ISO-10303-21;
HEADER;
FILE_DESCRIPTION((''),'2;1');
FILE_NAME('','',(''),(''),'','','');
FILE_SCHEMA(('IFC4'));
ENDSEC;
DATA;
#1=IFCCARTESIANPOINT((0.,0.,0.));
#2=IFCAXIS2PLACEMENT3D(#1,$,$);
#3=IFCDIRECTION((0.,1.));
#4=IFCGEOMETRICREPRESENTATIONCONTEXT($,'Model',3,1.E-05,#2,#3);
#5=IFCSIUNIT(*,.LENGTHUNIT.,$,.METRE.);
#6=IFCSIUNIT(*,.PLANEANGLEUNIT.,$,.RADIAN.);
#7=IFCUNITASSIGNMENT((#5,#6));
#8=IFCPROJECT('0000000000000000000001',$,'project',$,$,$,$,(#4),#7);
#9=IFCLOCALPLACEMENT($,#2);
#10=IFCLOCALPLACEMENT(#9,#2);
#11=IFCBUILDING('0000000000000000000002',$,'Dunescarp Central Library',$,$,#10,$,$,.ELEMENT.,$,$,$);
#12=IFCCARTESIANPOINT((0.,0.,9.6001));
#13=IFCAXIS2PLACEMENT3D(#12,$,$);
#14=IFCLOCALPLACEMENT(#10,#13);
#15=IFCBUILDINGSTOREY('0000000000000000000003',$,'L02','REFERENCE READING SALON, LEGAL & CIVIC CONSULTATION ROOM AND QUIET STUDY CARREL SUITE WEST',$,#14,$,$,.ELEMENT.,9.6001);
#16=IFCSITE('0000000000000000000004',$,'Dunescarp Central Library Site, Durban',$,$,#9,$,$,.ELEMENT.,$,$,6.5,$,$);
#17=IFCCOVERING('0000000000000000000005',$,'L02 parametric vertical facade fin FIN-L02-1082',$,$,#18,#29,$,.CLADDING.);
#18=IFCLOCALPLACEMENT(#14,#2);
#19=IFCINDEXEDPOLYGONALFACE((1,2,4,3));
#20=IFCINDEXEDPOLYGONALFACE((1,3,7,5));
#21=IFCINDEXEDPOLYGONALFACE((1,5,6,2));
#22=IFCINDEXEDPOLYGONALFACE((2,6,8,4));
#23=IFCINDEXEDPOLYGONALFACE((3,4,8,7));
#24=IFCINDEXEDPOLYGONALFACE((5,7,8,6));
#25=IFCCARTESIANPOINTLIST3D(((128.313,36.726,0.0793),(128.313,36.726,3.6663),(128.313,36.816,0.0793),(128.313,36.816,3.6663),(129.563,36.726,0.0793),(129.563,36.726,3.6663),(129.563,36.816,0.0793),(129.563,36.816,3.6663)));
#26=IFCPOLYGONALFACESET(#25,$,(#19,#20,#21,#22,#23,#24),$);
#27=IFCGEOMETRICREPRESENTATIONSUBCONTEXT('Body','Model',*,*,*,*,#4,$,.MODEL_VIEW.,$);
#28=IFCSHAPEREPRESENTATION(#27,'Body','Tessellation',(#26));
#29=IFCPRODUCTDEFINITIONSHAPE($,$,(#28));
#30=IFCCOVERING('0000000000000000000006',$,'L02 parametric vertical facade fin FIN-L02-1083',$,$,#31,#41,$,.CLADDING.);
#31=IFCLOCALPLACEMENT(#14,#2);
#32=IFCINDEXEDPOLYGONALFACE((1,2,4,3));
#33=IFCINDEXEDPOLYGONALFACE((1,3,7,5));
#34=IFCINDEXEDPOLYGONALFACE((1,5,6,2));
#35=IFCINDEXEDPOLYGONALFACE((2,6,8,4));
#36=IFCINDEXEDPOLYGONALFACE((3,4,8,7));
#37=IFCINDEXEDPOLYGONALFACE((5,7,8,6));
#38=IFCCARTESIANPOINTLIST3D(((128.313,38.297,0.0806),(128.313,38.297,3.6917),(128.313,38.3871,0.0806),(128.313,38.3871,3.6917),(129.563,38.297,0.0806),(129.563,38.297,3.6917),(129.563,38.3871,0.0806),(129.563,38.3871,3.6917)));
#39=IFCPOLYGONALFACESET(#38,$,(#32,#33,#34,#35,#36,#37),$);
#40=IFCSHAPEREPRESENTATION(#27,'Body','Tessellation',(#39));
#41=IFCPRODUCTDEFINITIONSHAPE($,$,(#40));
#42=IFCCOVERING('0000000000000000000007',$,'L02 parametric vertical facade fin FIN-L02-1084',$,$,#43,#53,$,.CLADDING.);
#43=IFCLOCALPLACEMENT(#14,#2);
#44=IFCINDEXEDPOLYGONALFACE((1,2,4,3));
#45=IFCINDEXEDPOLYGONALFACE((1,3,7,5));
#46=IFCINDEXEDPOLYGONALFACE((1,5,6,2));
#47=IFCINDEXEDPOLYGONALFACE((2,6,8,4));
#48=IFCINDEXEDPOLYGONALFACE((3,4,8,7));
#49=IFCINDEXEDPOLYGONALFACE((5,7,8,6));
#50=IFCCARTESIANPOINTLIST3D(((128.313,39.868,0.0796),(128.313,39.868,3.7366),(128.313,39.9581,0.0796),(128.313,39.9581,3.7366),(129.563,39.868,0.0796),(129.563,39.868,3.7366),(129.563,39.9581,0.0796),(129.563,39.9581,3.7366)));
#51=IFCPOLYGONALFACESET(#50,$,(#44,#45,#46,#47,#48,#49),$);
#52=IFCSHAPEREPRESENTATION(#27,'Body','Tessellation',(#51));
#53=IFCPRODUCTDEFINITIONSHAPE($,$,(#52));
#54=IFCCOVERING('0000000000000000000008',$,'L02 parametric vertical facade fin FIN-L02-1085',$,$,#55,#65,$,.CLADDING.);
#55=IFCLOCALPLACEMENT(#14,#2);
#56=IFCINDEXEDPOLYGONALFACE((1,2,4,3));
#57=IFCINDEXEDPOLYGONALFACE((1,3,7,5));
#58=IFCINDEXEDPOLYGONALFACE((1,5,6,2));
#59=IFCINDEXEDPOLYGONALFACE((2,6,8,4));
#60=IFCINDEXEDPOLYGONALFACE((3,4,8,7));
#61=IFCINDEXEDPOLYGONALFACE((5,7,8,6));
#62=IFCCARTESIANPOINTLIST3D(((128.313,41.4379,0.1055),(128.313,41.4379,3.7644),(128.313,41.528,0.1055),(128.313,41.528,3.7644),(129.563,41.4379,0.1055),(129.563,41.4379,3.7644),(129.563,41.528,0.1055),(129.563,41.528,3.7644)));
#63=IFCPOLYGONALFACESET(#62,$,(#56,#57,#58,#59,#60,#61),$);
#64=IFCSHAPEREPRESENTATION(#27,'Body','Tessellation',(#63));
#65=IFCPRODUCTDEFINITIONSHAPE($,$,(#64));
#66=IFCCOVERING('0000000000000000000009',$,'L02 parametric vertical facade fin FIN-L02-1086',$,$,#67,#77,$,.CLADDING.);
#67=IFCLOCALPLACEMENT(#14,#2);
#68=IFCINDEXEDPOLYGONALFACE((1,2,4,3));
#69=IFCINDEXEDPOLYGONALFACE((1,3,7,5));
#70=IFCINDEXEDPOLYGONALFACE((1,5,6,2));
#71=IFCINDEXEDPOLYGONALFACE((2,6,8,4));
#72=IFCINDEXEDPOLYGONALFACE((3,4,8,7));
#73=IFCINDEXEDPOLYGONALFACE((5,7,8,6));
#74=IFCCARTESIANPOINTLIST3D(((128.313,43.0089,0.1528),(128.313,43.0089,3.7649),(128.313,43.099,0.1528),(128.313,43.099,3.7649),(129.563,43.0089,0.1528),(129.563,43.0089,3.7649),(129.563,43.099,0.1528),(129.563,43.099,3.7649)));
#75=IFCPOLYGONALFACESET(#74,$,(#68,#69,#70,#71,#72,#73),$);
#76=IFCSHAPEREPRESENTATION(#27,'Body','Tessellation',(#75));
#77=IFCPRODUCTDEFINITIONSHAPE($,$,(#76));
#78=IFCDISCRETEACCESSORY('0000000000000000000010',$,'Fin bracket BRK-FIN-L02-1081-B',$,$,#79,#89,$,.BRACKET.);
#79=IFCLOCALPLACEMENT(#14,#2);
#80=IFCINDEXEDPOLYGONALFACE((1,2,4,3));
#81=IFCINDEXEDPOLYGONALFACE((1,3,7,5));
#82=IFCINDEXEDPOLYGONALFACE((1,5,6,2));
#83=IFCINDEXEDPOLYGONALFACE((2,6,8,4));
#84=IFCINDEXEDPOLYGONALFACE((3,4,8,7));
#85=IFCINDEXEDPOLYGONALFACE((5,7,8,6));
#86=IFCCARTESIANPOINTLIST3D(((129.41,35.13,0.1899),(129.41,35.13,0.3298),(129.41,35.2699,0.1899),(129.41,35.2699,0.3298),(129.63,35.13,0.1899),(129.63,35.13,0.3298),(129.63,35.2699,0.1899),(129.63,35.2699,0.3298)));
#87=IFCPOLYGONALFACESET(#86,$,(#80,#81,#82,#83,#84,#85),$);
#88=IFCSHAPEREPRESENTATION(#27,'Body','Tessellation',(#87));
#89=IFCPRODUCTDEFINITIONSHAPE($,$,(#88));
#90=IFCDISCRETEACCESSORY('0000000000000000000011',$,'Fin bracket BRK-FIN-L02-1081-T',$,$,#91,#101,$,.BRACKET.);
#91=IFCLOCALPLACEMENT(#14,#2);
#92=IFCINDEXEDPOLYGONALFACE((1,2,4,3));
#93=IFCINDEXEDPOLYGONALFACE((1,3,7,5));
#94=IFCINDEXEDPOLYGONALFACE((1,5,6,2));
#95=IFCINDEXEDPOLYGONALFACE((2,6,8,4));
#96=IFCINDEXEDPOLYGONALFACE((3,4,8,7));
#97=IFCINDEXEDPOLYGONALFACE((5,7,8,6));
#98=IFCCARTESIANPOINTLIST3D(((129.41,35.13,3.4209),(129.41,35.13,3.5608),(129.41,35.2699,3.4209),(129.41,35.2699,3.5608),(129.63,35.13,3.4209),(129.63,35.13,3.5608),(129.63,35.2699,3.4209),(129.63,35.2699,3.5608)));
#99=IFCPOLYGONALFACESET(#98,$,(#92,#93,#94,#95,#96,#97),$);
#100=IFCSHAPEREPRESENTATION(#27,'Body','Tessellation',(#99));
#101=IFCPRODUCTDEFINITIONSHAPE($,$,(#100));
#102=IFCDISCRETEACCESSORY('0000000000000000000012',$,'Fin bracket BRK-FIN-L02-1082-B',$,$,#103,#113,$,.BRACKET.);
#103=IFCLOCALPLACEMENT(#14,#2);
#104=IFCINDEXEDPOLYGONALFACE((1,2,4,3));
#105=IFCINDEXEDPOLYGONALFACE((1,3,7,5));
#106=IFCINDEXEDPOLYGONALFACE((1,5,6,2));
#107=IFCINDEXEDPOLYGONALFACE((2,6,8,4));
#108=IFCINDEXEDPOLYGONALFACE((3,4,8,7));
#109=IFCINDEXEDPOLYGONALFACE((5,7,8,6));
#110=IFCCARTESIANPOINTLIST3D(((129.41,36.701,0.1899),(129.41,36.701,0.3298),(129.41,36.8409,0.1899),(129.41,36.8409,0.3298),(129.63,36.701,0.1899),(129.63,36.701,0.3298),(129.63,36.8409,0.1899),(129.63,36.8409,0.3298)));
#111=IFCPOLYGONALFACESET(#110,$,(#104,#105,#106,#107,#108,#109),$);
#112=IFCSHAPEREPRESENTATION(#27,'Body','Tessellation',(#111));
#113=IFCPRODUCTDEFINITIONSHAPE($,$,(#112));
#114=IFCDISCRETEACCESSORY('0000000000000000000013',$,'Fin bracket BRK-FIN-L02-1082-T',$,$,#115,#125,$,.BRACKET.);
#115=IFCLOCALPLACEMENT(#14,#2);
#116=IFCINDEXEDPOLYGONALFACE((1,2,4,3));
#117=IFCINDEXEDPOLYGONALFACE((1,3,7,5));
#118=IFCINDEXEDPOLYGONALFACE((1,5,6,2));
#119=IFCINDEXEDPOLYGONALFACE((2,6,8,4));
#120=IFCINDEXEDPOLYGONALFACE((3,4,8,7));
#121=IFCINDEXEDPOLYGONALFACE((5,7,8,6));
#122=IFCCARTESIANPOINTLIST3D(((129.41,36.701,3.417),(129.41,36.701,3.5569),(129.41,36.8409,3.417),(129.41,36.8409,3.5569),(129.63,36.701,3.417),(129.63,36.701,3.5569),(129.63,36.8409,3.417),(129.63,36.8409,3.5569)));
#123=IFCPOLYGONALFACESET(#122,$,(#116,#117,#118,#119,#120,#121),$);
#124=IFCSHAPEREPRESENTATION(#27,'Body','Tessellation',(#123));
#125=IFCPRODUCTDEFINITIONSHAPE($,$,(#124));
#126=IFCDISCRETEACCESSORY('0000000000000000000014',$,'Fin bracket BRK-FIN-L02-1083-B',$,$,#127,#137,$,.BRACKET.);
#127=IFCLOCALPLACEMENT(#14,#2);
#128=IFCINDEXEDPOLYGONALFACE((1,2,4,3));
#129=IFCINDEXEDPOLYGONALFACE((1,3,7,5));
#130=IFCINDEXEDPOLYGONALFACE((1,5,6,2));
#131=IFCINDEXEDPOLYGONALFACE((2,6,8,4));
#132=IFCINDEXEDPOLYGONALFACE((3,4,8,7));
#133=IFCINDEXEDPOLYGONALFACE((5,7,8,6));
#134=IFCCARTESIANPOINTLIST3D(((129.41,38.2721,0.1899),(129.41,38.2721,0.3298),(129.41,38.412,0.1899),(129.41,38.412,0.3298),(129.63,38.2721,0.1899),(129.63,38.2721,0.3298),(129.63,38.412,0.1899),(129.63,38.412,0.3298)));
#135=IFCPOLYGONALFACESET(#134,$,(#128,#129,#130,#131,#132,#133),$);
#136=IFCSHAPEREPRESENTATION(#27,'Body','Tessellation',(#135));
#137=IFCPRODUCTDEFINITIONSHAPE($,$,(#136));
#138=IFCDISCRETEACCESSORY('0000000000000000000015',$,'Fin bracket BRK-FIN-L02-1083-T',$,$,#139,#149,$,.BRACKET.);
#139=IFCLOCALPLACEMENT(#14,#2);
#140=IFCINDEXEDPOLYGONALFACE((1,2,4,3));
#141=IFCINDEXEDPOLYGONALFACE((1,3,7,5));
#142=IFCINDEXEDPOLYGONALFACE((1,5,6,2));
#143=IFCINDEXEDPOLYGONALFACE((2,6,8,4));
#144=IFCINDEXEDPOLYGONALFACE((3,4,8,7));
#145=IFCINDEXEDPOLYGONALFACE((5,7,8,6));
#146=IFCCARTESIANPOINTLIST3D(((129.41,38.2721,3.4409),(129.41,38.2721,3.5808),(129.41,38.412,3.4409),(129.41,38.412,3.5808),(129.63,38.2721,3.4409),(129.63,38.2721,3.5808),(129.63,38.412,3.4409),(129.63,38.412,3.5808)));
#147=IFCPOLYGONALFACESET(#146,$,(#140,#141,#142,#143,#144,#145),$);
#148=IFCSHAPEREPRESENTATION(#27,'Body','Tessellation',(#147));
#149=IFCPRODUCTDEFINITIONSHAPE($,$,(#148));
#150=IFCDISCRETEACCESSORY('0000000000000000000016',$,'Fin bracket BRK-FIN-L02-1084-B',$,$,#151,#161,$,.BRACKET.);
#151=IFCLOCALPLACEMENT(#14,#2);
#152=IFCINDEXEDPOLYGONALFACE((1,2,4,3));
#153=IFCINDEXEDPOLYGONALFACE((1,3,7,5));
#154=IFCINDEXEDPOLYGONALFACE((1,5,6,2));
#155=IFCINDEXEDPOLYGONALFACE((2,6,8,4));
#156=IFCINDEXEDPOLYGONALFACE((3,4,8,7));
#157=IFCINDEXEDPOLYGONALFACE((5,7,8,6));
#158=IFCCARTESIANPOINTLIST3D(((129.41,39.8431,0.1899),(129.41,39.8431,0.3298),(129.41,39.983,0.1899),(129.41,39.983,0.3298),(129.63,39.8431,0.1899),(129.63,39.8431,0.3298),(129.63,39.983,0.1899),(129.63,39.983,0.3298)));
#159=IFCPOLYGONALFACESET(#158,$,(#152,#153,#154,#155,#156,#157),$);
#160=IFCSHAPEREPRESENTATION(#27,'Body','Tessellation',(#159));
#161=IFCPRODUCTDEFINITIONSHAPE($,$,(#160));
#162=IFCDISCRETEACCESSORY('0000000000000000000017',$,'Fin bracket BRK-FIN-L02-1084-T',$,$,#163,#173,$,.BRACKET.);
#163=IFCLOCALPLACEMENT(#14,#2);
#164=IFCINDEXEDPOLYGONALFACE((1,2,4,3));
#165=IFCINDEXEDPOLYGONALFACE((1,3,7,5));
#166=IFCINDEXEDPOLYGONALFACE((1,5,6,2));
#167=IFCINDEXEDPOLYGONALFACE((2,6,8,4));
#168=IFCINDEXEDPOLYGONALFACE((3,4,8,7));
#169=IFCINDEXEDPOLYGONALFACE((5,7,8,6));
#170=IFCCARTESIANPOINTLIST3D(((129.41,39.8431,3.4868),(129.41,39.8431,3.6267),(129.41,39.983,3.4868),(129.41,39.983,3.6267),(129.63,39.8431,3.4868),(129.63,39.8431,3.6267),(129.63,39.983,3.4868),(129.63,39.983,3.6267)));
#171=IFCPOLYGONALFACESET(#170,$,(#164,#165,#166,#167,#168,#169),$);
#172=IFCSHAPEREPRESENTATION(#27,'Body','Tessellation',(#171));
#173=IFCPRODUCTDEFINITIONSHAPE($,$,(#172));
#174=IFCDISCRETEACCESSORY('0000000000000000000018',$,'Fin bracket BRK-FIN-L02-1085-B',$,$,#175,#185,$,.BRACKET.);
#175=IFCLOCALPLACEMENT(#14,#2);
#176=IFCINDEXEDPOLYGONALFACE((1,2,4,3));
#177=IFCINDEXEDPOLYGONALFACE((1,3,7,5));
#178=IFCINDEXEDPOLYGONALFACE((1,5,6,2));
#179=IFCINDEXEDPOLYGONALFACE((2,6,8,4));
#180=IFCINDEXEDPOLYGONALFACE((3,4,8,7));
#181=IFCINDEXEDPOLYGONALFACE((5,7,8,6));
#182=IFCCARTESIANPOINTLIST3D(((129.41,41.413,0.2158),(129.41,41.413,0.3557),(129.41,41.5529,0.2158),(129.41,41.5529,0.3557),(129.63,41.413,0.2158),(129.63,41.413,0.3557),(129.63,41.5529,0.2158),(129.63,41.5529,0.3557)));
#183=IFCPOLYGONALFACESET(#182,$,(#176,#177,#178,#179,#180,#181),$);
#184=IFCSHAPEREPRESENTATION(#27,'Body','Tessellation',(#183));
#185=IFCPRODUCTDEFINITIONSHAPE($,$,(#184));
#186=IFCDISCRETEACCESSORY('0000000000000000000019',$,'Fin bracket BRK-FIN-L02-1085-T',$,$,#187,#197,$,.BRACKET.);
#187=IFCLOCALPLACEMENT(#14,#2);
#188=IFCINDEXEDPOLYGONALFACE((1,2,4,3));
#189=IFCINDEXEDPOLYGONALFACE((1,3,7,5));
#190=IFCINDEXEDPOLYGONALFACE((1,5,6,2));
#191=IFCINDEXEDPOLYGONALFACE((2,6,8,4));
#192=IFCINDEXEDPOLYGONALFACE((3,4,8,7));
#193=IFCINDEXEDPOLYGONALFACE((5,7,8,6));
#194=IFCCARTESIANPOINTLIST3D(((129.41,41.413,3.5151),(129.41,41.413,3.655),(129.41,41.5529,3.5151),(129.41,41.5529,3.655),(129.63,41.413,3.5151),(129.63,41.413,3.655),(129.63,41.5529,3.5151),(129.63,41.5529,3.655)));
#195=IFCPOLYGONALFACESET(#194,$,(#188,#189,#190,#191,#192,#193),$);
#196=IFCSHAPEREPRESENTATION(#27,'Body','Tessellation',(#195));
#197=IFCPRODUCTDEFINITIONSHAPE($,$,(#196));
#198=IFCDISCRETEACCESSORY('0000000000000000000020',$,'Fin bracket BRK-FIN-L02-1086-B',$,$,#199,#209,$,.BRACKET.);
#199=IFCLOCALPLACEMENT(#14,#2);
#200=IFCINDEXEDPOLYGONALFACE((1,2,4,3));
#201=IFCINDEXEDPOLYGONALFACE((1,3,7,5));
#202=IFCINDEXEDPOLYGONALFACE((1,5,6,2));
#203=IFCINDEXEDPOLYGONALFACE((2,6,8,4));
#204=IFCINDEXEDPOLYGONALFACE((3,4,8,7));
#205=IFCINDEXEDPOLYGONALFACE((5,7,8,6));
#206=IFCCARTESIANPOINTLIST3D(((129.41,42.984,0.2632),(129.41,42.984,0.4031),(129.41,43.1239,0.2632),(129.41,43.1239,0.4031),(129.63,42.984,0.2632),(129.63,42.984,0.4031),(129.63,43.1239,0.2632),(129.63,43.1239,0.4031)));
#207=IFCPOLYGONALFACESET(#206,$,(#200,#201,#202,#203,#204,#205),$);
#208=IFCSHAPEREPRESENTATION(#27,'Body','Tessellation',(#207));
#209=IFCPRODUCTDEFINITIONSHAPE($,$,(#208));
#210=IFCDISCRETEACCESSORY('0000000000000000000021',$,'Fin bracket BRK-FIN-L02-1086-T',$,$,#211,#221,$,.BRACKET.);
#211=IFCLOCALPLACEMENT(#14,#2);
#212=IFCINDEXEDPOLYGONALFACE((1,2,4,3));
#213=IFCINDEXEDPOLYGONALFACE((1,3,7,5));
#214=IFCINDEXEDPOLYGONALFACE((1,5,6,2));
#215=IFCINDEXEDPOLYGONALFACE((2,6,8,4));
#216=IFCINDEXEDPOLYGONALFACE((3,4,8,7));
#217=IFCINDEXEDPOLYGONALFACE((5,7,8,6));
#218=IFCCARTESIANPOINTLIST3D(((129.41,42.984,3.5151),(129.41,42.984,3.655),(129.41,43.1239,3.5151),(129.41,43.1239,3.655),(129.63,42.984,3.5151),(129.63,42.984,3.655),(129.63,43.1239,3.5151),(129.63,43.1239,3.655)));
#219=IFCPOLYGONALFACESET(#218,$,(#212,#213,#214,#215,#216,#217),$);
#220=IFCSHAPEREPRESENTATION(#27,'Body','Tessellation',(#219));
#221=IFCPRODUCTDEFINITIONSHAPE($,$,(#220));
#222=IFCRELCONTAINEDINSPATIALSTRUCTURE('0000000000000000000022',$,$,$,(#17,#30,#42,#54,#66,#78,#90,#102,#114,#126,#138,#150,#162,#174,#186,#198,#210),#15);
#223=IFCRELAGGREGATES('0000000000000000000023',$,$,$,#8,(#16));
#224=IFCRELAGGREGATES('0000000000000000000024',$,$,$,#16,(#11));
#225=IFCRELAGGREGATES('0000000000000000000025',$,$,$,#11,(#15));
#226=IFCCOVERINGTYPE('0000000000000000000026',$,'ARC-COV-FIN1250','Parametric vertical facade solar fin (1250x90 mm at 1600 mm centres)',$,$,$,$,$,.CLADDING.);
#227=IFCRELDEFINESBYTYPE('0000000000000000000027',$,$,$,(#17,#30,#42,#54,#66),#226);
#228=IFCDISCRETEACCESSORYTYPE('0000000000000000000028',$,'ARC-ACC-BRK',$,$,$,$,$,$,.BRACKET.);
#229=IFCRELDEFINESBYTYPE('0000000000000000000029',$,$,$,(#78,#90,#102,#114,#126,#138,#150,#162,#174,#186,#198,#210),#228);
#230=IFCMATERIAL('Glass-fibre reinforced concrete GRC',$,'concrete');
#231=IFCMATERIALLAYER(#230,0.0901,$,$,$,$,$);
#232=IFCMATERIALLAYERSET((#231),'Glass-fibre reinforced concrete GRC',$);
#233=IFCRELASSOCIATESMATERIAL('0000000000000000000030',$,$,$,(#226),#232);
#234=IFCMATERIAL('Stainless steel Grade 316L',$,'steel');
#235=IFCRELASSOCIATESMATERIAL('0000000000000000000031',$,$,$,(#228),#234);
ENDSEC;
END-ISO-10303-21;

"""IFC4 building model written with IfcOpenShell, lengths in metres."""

from ifc_helpers import new_model, si_unit, direction, frame, origin, origin_2d, place, context, subcontext, project, spatial, rectangle, extrude, material, layer, layer_set, type_object, element, save


model = new_model("IFC4")

# Units and contexts
model_context = context("Model", 3, precision=1e-05, world=origin(), true_north=direction((0.0, 1.0)))
body_context = subcontext(model_context, "Body", "Model", "MODEL_VIEW")
ifc_project = project(units=[si_unit("LENGTHUNIT", "METRE"), si_unit("PLANEANGLEUNIT", "RADIAN")], contexts=[model_context])

# Site, building, storey
site_placement = place(None, origin())
site = spatial("IfcSite", under=ifc_project, at=site_placement, Name="Dunescarp Central Library Site, Durban", CompositionType="ELEMENT", RefElevation=6.5)
building_placement = place(site_placement, origin())
building = spatial("IfcBuilding", under=site, at=building_placement, Name="Dunescarp Central Library", CompositionType="ELEMENT")
storey_placement = place(building_placement, frame((0.0, 0.0, 9.6001)))
storey = spatial("IfcBuildingStorey", under=building, at=storey_placement, Name="L02", Description="REFERENCE READING SALON, LEGAL & CIVIC CONSULTATION ROOM AND QUIET STUDY CARREL SUITE WEST", CompositionType="ELEMENT", Elevation=9.6001)

# Coverings
ifc_material_1 = material(Name="Glass-fibre reinforced concrete GRC", Category="concrete")
ifc_layer_1 = layer(ifc_material_1, 0.0901)
ifc_layer_set_1 = layer_set([ifc_layer_1], Name="Glass-fibre reinforced concrete GRC")
covering_type = type_object("IfcCoveringType", Name="ARC-COV-FIN1250", Description="Parametric vertical facade solar fin (1250x90 mm at 1600 mm centres)", PredefinedType="CLADDING", material=ifc_layer_set_1)
covering_1_placement = place(storey_placement, frame((128.938, 36.771, 0.0793), z_axis=(0.0, 0.0, 1.0), x_axis=(-1.0, 0.0, 0.0)))
element("IfcCovering", 1, at=covering_1_placement, inside=storey, type_object=covering_type, Name="L02 parametric vertical facade fin FIN-L02-1082", PredefinedType="CLADDING", context=body_context, shape_type="SweptSolid", body=[
    extrude(rectangle(XDim=1.25, YDim=0.0901, at=origin_2d()), origin(), (0.0, 0.0, 1.0), 3.5869),
])
covering_2_placement = place(storey_placement, frame((128.938, 38.342, 0.0806), z_axis=(0.0, 0.0, 1.0), x_axis=(-1.0, 0.0, 0.0)))
element("IfcCovering", 2, at=covering_2_placement, inside=storey, type_object=covering_type, Name="L02 parametric vertical facade fin FIN-L02-1083", PredefinedType="CLADDING", context=body_context, shape_type="SweptSolid", body=[
    extrude(rectangle(XDim=1.25, YDim=0.0901, at=origin_2d()), origin(), (0.0, 0.0, 1.0), 3.6111),
])
covering_3_placement = place(storey_placement, frame((128.938, 39.9131, 0.0796), z_axis=(0.0, 0.0, 1.0), x_axis=(-1.0, 0.0, 0.0)))
element("IfcCovering", 3, at=covering_3_placement, inside=storey, type_object=covering_type, Name="L02 parametric vertical facade fin FIN-L02-1084", PredefinedType="CLADDING", context=body_context, shape_type="SweptSolid", body=[
    extrude(rectangle(XDim=1.25, YDim=0.0901, at=origin_2d()), origin(), (0.0, 0.0, 1.0), 3.657),
])
covering_4_placement = place(storey_placement, frame((128.938, 41.4829, 0.1055), z_axis=(0.0, 0.0, 1.0), x_axis=(-1.0, 0.0, 0.0)))
element("IfcCovering", 4, at=covering_4_placement, inside=storey, type_object=covering_type, Name="L02 parametric vertical facade fin FIN-L02-1085", PredefinedType="CLADDING", context=body_context, shape_type="SweptSolid", body=[
    extrude(rectangle(XDim=1.25, YDim=0.0901, at=origin_2d()), origin(), (0.0, 0.0, 1.0), 3.6589),
])
covering_5_placement = place(storey_placement, frame((128.938, 43.054, 0.1528), z_axis=(0.0, 0.0, 1.0), x_axis=(-1.0, 0.0, 0.0)))
element("IfcCovering", 5, at=covering_5_placement, inside=storey, type_object=covering_type, Name="L02 parametric vertical facade fin FIN-L02-1086", PredefinedType="CLADDING", context=body_context, shape_type="SweptSolid", body=[
    extrude(rectangle(XDim=1.25, YDim=0.0901, at=origin_2d()), origin(), (0.0, 0.0, 1.0), 3.6121),
])

# Discrete accessories
ifc_material_2 = material(Name="Stainless steel Grade 316L", Category="steel")
discrete_accessory_type = type_object("IfcDiscreteAccessoryType", Name="ARC-ACC-BRK", PredefinedType="BRACKET", material=ifc_material_2)
for number, where, z_axis, x_axis, name in (
    (6, (129.52, 35.2, 0.1899), (0.0, 0.0, 1.0), (-1.0, 0.0, 0.0), "Fin bracket BRK-FIN-L02-1081-B"),
    (7, (129.52, 35.2, 3.4209), (0.0, 0.0, 1.0), (-1.0, 0.0, 0.0), "Fin bracket BRK-FIN-L02-1081-T"),
    (8, (129.52, 36.771, 0.1899), (0.0, 0.0, 1.0), (-1.0, 0.0, 0.0), "Fin bracket BRK-FIN-L02-1082-B"),
    (9, (129.52, 36.771, 3.417), (0.0, 0.0, 1.0), (-1.0, 0.0, 0.0), "Fin bracket BRK-FIN-L02-1082-T"),
    (10, (129.52, 38.342, 0.1899), (0.0, 0.0, 1.0), (-1.0, 0.0, 0.0), "Fin bracket BRK-FIN-L02-1083-B"),
    (11, (129.52, 38.342, 3.4409), (0.0, 0.0, 1.0), (-1.0, 0.0, 0.0), "Fin bracket BRK-FIN-L02-1083-T"),
    (12, (129.52, 39.9131, 0.1899), (0.0, 0.0, 1.0), (-1.0, 0.0, 0.0), "Fin bracket BRK-FIN-L02-1084-B"),
    (13, (129.52, 39.9131, 3.4868), (0.0, 0.0, 1.0), (-1.0, 0.0, 0.0), "Fin bracket BRK-FIN-L02-1084-T"),
    (14, (129.52, 41.4829, 0.2158), (0.0, 0.0, 1.0), (-1.0, 0.0, 0.0), "Fin bracket BRK-FIN-L02-1085-B"),
    (15, (129.52, 41.4829, 3.5151), (0.0, 0.0, 1.0), (-1.0, 0.0, 0.0), "Fin bracket BRK-FIN-L02-1085-T"),
    (16, (129.52, 43.054, 0.2632), (0.0, 0.0, 1.0), (-1.0, 0.0, 0.0), "Fin bracket BRK-FIN-L02-1086-B"),
    (17, (129.52, 43.054, 3.5151), (0.0, 0.0, 1.0), (-1.0, 0.0, 0.0), "Fin bracket BRK-FIN-L02-1086-T"),
):
    element("IfcDiscreteAccessory", number, at=place(storey_placement, frame(where, z_axis=z_axis, x_axis=x_axis)), inside=storey, type_object=discrete_accessory_type, Name=name, PredefinedType="BRACKET", context=body_context, shape_type="SweptSolid", body=[
        extrude(rectangle(XDim=0.22, YDim=0.1399, at=origin_2d()), origin(), (0.0, 0.0, 1.0), 0.1399),
    ])

save(model, "model.ifc")
